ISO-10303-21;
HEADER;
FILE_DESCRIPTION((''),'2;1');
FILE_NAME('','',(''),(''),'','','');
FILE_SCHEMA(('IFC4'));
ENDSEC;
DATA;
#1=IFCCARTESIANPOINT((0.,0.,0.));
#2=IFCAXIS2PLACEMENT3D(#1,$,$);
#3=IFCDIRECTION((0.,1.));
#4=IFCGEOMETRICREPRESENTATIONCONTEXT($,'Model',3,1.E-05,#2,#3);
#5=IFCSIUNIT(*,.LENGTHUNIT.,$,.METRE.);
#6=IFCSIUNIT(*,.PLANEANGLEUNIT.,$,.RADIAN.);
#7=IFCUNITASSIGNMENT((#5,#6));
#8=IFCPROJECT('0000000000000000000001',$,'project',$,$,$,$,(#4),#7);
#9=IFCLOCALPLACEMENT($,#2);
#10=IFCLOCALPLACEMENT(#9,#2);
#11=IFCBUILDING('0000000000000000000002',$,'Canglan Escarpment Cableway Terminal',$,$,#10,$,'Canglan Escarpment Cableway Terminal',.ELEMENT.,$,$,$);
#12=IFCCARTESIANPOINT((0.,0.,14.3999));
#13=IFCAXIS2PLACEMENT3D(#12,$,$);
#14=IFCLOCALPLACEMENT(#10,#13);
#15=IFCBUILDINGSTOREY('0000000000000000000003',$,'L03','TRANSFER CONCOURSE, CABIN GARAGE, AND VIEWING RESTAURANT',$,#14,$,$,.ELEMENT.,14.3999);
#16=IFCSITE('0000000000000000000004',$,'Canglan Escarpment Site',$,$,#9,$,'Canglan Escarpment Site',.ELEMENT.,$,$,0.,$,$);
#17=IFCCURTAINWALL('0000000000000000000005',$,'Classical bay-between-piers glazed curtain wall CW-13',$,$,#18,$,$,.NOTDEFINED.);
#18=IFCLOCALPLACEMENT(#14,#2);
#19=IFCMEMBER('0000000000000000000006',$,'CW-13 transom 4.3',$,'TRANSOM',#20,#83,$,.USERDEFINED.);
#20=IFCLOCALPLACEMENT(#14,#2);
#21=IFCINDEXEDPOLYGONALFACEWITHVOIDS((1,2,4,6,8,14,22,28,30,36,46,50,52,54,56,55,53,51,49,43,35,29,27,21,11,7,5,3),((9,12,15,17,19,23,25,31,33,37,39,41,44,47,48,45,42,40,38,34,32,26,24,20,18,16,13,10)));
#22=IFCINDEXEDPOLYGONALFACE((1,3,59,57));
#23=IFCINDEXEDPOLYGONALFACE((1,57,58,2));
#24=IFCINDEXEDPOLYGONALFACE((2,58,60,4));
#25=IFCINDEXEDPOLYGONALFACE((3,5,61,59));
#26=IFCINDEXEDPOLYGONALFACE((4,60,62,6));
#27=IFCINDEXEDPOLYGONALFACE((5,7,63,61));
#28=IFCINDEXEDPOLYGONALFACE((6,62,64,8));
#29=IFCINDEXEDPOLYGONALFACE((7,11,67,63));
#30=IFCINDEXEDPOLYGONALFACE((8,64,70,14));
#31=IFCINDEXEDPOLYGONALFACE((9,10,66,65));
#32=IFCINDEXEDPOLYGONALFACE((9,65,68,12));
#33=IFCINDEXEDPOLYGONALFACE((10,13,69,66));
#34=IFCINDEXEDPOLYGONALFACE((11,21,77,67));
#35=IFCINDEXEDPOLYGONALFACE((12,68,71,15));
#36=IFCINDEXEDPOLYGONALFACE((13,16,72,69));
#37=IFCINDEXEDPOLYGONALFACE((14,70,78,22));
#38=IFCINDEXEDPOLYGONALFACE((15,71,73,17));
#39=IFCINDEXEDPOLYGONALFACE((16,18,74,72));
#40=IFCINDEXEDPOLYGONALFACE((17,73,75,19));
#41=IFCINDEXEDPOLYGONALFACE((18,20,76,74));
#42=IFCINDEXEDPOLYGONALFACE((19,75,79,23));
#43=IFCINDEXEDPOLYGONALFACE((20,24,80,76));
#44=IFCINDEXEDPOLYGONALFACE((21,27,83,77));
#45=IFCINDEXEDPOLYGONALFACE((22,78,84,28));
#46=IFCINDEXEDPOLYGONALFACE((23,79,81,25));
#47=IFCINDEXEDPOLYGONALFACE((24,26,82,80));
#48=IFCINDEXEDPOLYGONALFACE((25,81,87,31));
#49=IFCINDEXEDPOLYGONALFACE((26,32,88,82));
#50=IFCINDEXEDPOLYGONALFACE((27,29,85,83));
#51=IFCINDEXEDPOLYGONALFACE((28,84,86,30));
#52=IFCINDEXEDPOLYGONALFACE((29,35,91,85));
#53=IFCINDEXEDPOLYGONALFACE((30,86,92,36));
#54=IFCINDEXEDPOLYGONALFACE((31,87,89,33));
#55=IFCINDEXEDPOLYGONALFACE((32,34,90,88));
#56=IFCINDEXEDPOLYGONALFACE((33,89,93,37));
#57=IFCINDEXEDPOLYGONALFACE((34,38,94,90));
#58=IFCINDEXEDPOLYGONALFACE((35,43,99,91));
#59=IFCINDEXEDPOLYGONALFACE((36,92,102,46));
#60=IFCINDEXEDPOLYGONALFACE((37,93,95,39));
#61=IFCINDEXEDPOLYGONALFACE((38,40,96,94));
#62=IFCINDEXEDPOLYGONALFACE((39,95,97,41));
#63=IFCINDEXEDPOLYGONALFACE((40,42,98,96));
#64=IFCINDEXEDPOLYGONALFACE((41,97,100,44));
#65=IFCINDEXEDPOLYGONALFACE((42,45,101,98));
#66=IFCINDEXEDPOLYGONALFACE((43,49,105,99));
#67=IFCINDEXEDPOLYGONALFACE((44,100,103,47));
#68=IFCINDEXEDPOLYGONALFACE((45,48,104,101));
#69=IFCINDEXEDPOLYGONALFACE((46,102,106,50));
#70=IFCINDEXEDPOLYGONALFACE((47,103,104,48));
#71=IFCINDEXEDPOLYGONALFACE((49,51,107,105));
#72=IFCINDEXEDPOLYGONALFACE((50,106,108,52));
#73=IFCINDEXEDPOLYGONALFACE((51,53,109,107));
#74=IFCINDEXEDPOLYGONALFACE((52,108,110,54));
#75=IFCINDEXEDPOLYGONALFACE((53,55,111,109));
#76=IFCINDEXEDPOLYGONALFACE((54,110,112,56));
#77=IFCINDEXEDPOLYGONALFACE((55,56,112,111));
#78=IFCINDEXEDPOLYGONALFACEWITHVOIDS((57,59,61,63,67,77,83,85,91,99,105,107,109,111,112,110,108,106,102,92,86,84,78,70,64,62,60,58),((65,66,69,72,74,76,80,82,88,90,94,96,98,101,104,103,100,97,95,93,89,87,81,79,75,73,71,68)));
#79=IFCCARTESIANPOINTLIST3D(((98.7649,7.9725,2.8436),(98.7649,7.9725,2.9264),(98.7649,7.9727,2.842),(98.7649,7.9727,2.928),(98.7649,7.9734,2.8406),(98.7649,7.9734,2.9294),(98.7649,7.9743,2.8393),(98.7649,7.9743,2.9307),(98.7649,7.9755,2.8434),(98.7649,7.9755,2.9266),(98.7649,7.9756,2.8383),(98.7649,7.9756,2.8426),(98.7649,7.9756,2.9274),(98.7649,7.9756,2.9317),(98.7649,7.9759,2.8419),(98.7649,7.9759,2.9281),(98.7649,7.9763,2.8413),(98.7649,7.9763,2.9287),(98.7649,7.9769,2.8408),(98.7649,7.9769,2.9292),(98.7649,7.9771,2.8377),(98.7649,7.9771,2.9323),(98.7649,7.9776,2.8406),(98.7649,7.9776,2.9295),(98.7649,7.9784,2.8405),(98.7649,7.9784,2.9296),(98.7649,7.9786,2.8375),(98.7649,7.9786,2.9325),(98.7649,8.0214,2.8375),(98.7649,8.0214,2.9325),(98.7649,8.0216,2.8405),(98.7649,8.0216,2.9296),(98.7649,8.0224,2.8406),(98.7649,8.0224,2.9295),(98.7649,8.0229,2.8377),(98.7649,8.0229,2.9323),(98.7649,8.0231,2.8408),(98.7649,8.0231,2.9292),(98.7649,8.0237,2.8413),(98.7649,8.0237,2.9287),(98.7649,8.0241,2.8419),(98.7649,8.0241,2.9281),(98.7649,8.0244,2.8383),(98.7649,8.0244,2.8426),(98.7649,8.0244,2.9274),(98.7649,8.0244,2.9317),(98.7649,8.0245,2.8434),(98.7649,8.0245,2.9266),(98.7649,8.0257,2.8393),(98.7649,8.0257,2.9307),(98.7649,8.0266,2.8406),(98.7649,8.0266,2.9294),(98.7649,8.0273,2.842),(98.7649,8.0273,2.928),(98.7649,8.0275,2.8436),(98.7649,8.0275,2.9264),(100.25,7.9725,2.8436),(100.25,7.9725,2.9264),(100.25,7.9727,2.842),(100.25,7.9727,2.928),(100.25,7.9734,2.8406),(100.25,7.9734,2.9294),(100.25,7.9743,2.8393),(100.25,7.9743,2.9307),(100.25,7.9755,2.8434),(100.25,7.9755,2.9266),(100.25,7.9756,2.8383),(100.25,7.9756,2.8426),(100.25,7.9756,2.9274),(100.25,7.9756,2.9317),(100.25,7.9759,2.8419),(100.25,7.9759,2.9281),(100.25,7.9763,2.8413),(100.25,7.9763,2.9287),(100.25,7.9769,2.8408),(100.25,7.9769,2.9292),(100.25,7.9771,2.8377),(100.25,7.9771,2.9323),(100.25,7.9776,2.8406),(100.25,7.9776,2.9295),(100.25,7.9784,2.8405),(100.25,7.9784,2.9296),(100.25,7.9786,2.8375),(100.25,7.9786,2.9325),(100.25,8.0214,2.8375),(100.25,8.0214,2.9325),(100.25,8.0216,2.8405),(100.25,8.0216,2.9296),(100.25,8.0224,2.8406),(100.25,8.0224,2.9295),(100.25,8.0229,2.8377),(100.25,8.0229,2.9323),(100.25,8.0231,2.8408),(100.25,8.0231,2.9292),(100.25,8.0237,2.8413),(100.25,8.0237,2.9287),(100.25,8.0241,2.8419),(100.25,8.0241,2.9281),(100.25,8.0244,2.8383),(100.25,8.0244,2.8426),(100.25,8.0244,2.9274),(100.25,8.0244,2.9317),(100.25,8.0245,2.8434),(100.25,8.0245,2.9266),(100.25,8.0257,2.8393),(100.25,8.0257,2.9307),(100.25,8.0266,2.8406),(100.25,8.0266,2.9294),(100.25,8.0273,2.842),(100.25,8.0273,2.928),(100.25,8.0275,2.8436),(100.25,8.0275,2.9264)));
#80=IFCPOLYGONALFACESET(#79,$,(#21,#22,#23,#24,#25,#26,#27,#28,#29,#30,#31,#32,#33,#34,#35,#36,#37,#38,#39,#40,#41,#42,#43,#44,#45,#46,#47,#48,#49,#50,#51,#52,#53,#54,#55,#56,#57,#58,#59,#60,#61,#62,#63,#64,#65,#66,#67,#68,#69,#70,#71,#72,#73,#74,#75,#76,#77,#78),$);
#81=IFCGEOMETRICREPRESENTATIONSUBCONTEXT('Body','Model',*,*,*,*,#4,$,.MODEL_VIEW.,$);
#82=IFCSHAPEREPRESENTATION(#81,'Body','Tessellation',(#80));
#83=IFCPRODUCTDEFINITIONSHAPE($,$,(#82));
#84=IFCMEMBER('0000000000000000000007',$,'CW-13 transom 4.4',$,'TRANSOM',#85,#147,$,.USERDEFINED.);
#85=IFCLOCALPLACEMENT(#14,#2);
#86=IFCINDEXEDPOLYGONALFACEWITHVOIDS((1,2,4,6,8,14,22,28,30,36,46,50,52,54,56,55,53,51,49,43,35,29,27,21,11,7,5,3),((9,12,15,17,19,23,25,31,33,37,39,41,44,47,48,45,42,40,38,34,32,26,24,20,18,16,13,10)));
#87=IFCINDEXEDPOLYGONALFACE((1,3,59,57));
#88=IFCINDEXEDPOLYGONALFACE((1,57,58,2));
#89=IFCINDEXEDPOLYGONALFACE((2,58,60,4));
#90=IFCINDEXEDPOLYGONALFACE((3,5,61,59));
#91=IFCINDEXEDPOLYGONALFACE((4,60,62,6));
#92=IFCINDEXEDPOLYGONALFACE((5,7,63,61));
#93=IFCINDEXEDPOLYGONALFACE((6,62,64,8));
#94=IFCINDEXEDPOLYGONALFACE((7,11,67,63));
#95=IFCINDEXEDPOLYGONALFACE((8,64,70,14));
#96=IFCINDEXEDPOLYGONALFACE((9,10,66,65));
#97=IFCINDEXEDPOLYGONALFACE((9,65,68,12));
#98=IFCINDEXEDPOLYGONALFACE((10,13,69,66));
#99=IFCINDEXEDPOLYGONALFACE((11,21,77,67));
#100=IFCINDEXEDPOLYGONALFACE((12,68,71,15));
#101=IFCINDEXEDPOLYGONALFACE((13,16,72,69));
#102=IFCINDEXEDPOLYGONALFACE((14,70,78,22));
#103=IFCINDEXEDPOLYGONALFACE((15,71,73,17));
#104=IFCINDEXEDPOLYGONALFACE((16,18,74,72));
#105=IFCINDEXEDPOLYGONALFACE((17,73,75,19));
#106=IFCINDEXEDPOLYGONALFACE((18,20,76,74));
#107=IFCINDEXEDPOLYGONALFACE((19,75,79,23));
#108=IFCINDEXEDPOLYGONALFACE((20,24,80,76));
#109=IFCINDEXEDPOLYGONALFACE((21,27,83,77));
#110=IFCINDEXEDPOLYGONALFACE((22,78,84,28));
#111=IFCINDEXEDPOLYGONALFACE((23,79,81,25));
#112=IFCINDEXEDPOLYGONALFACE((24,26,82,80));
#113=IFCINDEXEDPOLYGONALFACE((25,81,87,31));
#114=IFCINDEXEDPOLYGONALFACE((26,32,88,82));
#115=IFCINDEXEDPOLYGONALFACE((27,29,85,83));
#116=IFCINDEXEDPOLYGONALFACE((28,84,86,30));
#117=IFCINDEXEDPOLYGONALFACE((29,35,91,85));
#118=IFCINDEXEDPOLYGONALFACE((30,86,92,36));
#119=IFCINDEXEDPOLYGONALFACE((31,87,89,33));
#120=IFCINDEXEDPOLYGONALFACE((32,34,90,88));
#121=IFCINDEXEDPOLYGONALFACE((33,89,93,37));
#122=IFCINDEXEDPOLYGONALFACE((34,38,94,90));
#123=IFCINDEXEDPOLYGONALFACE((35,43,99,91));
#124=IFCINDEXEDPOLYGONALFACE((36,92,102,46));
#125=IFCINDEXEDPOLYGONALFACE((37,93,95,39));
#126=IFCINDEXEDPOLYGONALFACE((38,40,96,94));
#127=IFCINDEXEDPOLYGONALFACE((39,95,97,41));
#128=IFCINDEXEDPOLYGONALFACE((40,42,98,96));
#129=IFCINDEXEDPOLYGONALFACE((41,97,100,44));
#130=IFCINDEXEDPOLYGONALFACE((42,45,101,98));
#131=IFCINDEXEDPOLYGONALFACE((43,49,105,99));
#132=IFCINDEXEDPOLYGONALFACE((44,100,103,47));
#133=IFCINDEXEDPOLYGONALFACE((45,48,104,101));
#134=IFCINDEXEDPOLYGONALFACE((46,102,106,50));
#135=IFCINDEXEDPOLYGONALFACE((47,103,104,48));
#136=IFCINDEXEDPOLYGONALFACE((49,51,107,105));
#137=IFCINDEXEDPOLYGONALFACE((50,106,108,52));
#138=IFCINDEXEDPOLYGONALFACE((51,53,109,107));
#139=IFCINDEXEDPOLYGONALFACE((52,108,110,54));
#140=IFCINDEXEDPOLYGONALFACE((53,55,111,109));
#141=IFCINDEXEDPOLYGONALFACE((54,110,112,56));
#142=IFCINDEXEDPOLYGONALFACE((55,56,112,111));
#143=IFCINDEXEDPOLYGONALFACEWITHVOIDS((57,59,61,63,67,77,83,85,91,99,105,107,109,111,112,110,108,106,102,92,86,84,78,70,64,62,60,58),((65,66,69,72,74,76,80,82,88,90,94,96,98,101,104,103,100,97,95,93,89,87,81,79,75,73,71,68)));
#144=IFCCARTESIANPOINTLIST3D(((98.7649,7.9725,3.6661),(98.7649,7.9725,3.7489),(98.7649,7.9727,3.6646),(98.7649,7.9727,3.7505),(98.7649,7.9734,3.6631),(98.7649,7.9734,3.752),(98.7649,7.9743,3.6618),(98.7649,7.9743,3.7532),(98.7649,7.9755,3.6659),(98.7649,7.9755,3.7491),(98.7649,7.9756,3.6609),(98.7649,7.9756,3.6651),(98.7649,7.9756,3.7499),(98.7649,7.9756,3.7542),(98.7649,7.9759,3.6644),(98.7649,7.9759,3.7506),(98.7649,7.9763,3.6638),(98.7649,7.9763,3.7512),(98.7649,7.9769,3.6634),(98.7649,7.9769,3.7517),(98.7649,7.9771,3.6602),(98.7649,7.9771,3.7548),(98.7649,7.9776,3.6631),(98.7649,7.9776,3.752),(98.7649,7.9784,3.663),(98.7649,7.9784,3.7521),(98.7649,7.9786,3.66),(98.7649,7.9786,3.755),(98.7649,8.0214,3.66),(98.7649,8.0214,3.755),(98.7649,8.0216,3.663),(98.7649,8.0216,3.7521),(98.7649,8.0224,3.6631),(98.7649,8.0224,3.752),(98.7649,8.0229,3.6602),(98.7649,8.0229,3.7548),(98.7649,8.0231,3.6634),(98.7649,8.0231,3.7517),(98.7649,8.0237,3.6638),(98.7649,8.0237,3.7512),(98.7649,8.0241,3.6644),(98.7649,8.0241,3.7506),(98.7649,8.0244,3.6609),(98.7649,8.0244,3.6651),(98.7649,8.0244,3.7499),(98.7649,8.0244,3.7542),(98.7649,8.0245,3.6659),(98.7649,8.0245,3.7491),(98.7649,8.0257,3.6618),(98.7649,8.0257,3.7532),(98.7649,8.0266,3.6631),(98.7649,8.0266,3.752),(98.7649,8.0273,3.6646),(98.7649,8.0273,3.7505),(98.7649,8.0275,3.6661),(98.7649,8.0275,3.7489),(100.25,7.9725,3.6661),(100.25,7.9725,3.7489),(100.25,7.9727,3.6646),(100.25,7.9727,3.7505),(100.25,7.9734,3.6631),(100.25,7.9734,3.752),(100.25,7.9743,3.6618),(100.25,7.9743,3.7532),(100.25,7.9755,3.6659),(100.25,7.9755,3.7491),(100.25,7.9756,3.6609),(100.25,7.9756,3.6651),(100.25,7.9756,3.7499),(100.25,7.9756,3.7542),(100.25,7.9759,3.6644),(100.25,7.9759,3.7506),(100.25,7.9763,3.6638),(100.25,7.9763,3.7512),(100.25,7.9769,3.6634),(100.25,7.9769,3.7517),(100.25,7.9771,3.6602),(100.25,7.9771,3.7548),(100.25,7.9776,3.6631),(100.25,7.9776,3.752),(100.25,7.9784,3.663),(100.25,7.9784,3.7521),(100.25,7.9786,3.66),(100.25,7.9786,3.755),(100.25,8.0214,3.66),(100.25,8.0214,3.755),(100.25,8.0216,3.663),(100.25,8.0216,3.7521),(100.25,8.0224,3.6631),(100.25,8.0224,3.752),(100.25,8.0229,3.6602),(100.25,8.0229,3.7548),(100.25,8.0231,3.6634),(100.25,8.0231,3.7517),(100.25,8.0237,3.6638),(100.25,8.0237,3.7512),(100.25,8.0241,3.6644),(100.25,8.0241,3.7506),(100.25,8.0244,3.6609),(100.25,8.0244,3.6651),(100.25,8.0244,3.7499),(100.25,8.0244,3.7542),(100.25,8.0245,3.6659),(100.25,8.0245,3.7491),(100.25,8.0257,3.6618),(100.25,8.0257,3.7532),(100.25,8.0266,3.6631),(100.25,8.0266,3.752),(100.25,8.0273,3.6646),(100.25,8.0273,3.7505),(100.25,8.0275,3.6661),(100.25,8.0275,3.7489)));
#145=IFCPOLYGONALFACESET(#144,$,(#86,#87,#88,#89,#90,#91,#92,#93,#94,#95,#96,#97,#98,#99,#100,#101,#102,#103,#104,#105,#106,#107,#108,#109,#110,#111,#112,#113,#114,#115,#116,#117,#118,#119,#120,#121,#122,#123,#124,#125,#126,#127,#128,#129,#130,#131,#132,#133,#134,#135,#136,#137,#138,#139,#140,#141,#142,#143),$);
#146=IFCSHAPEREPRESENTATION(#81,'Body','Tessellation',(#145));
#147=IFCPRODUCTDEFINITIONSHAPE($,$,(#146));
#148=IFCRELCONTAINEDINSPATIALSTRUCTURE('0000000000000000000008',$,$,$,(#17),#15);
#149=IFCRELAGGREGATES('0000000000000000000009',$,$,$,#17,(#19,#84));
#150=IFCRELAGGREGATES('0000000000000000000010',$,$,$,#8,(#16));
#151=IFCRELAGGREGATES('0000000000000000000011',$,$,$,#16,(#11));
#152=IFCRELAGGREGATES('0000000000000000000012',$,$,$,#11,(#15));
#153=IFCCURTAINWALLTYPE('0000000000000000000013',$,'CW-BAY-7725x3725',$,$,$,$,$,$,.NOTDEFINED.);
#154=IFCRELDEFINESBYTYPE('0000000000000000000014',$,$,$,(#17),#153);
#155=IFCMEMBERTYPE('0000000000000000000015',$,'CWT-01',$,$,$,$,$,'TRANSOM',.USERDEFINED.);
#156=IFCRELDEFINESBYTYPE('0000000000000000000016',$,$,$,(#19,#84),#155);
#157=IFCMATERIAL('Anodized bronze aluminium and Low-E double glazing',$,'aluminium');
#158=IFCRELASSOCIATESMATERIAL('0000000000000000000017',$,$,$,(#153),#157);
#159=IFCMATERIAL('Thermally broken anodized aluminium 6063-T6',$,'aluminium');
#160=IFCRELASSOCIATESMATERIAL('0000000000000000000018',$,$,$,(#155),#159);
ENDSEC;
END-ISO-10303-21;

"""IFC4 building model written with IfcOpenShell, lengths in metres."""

from ifc_helpers import new_model, si_unit, direction, frame, origin, origin_2d, place, context, subcontext, project, spatial, hollow_rectangle, extrude, material, material_profile, profile_set, type_object, element, aggregate, save


model = new_model("IFC4")

# Units and contexts
model_context = context("Model", 3, precision=1e-05, world=origin(), true_north=direction((0.0, 1.0)))
body_context = subcontext(model_context, "Body", "Model", "MODEL_VIEW")
ifc_project = project(units=[si_unit("LENGTHUNIT", "METRE"), si_unit("PLANEANGLEUNIT", "RADIAN")], contexts=[model_context])

# Site, building, storey
site_placement = place(None, origin())
site = spatial("IfcSite", under=ifc_project, at=site_placement, Name="Canglan Escarpment Site", LongName="Canglan Escarpment Site", CompositionType="ELEMENT", RefElevation=0.0)
building_placement = place(site_placement, origin())
building = spatial("IfcBuilding", under=site, at=building_placement, Name="Canglan Escarpment Cableway Terminal", LongName="Canglan Escarpment Cableway Terminal", CompositionType="ELEMENT")
storey_placement = place(building_placement, frame((0.0, 0.0, 14.3999)))
storey = spatial("IfcBuildingStorey", under=building, at=storey_placement, Name="L03", Description="TRANSFER CONCOURSE, CABIN GARAGE, AND VIEWING RESTAURANT", CompositionType="ELEMENT", Elevation=14.3999)

# Curtain wall, members
ifc_material_1 = material(Name="Anodized bronze aluminium and Low-E double glazing", Category="aluminium")
curtain_wall_type = type_object("IfcCurtainWallType", Name="CW-BAY-7725x3725", PredefinedType="NOTDEFINED", material=ifc_material_1)
curtain_wall_placement = place(storey_placement, origin())
curtain_wall = element("IfcCurtainWall", 1, at=curtain_wall_placement, inside=storey, type_object=curtain_wall_type, Name="Classical bay-between-piers glazed curtain wall CW-13", PredefinedType="NOTDEFINED")
ifc_material_2 = material(Name="Thermally broken anodized aluminium 6063-T6", Category="aluminium")
ifc_material_profile_1 = material_profile(ifc_material_2, hollow_rectangle(XDim=0.0549, YDim=0.095, WallThickness=0.0029, InnerFilletRadius=0.0029, OuterFilletRadius=0.0061, at=origin_2d()), Name="ALU-TRAN 55x95x3")
ifc_profile_set_1 = profile_set([ifc_material_profile_1], Name="Thermally broken anodized aluminium 6063-T6")
member_type_1 = type_object("IfcMemberType", Name="CWT-01", ElementType="TRANSOM", PredefinedType="USERDEFINED", material=ifc_profile_set_1)
member_1_placement = place(storey_placement, frame((98.7649, 8.0, 2.885), z_axis=(1.0, 0.0, 0.0), x_axis=(0.0, 1.0, 0.0)))
member_1 = element("IfcMember", 2, at=member_1_placement, type_object=member_type_1, Name="CW-13 transom 4.3", ObjectType="TRANSOM", PredefinedType="USERDEFINED", context=body_context, shape_type="SweptSolid", body=[
    extrude(hollow_rectangle(XDim=0.0549, YDim=0.095, WallThickness=0.0029, InnerFilletRadius=0.0029, OuterFilletRadius=0.0061, at=origin_2d()), origin(), (0.0, 0.0, 1.0), 1.4851),
])
member_2_placement = place(storey_placement, frame((98.7649, 8.0, 3.7075), z_axis=(1.0, 0.0, 0.0), x_axis=(0.0, 1.0, 0.0)))
member_2 = element("IfcMember", 3, at=member_2_placement, type_object=member_type_1, Name="CW-13 transom 4.4", ObjectType="TRANSOM", PredefinedType="USERDEFINED", context=body_context, shape_type="SweptSolid", body=[
    extrude(hollow_rectangle(XDim=0.0549, YDim=0.095, WallThickness=0.0029, InnerFilletRadius=0.0029, OuterFilletRadius=0.0061, at=origin_2d()), origin(), (0.0, 0.0, 1.0), 1.4851),
])
aggregate(curtain_wall, [member_1, member_2])

save(model, "model.ifc")
